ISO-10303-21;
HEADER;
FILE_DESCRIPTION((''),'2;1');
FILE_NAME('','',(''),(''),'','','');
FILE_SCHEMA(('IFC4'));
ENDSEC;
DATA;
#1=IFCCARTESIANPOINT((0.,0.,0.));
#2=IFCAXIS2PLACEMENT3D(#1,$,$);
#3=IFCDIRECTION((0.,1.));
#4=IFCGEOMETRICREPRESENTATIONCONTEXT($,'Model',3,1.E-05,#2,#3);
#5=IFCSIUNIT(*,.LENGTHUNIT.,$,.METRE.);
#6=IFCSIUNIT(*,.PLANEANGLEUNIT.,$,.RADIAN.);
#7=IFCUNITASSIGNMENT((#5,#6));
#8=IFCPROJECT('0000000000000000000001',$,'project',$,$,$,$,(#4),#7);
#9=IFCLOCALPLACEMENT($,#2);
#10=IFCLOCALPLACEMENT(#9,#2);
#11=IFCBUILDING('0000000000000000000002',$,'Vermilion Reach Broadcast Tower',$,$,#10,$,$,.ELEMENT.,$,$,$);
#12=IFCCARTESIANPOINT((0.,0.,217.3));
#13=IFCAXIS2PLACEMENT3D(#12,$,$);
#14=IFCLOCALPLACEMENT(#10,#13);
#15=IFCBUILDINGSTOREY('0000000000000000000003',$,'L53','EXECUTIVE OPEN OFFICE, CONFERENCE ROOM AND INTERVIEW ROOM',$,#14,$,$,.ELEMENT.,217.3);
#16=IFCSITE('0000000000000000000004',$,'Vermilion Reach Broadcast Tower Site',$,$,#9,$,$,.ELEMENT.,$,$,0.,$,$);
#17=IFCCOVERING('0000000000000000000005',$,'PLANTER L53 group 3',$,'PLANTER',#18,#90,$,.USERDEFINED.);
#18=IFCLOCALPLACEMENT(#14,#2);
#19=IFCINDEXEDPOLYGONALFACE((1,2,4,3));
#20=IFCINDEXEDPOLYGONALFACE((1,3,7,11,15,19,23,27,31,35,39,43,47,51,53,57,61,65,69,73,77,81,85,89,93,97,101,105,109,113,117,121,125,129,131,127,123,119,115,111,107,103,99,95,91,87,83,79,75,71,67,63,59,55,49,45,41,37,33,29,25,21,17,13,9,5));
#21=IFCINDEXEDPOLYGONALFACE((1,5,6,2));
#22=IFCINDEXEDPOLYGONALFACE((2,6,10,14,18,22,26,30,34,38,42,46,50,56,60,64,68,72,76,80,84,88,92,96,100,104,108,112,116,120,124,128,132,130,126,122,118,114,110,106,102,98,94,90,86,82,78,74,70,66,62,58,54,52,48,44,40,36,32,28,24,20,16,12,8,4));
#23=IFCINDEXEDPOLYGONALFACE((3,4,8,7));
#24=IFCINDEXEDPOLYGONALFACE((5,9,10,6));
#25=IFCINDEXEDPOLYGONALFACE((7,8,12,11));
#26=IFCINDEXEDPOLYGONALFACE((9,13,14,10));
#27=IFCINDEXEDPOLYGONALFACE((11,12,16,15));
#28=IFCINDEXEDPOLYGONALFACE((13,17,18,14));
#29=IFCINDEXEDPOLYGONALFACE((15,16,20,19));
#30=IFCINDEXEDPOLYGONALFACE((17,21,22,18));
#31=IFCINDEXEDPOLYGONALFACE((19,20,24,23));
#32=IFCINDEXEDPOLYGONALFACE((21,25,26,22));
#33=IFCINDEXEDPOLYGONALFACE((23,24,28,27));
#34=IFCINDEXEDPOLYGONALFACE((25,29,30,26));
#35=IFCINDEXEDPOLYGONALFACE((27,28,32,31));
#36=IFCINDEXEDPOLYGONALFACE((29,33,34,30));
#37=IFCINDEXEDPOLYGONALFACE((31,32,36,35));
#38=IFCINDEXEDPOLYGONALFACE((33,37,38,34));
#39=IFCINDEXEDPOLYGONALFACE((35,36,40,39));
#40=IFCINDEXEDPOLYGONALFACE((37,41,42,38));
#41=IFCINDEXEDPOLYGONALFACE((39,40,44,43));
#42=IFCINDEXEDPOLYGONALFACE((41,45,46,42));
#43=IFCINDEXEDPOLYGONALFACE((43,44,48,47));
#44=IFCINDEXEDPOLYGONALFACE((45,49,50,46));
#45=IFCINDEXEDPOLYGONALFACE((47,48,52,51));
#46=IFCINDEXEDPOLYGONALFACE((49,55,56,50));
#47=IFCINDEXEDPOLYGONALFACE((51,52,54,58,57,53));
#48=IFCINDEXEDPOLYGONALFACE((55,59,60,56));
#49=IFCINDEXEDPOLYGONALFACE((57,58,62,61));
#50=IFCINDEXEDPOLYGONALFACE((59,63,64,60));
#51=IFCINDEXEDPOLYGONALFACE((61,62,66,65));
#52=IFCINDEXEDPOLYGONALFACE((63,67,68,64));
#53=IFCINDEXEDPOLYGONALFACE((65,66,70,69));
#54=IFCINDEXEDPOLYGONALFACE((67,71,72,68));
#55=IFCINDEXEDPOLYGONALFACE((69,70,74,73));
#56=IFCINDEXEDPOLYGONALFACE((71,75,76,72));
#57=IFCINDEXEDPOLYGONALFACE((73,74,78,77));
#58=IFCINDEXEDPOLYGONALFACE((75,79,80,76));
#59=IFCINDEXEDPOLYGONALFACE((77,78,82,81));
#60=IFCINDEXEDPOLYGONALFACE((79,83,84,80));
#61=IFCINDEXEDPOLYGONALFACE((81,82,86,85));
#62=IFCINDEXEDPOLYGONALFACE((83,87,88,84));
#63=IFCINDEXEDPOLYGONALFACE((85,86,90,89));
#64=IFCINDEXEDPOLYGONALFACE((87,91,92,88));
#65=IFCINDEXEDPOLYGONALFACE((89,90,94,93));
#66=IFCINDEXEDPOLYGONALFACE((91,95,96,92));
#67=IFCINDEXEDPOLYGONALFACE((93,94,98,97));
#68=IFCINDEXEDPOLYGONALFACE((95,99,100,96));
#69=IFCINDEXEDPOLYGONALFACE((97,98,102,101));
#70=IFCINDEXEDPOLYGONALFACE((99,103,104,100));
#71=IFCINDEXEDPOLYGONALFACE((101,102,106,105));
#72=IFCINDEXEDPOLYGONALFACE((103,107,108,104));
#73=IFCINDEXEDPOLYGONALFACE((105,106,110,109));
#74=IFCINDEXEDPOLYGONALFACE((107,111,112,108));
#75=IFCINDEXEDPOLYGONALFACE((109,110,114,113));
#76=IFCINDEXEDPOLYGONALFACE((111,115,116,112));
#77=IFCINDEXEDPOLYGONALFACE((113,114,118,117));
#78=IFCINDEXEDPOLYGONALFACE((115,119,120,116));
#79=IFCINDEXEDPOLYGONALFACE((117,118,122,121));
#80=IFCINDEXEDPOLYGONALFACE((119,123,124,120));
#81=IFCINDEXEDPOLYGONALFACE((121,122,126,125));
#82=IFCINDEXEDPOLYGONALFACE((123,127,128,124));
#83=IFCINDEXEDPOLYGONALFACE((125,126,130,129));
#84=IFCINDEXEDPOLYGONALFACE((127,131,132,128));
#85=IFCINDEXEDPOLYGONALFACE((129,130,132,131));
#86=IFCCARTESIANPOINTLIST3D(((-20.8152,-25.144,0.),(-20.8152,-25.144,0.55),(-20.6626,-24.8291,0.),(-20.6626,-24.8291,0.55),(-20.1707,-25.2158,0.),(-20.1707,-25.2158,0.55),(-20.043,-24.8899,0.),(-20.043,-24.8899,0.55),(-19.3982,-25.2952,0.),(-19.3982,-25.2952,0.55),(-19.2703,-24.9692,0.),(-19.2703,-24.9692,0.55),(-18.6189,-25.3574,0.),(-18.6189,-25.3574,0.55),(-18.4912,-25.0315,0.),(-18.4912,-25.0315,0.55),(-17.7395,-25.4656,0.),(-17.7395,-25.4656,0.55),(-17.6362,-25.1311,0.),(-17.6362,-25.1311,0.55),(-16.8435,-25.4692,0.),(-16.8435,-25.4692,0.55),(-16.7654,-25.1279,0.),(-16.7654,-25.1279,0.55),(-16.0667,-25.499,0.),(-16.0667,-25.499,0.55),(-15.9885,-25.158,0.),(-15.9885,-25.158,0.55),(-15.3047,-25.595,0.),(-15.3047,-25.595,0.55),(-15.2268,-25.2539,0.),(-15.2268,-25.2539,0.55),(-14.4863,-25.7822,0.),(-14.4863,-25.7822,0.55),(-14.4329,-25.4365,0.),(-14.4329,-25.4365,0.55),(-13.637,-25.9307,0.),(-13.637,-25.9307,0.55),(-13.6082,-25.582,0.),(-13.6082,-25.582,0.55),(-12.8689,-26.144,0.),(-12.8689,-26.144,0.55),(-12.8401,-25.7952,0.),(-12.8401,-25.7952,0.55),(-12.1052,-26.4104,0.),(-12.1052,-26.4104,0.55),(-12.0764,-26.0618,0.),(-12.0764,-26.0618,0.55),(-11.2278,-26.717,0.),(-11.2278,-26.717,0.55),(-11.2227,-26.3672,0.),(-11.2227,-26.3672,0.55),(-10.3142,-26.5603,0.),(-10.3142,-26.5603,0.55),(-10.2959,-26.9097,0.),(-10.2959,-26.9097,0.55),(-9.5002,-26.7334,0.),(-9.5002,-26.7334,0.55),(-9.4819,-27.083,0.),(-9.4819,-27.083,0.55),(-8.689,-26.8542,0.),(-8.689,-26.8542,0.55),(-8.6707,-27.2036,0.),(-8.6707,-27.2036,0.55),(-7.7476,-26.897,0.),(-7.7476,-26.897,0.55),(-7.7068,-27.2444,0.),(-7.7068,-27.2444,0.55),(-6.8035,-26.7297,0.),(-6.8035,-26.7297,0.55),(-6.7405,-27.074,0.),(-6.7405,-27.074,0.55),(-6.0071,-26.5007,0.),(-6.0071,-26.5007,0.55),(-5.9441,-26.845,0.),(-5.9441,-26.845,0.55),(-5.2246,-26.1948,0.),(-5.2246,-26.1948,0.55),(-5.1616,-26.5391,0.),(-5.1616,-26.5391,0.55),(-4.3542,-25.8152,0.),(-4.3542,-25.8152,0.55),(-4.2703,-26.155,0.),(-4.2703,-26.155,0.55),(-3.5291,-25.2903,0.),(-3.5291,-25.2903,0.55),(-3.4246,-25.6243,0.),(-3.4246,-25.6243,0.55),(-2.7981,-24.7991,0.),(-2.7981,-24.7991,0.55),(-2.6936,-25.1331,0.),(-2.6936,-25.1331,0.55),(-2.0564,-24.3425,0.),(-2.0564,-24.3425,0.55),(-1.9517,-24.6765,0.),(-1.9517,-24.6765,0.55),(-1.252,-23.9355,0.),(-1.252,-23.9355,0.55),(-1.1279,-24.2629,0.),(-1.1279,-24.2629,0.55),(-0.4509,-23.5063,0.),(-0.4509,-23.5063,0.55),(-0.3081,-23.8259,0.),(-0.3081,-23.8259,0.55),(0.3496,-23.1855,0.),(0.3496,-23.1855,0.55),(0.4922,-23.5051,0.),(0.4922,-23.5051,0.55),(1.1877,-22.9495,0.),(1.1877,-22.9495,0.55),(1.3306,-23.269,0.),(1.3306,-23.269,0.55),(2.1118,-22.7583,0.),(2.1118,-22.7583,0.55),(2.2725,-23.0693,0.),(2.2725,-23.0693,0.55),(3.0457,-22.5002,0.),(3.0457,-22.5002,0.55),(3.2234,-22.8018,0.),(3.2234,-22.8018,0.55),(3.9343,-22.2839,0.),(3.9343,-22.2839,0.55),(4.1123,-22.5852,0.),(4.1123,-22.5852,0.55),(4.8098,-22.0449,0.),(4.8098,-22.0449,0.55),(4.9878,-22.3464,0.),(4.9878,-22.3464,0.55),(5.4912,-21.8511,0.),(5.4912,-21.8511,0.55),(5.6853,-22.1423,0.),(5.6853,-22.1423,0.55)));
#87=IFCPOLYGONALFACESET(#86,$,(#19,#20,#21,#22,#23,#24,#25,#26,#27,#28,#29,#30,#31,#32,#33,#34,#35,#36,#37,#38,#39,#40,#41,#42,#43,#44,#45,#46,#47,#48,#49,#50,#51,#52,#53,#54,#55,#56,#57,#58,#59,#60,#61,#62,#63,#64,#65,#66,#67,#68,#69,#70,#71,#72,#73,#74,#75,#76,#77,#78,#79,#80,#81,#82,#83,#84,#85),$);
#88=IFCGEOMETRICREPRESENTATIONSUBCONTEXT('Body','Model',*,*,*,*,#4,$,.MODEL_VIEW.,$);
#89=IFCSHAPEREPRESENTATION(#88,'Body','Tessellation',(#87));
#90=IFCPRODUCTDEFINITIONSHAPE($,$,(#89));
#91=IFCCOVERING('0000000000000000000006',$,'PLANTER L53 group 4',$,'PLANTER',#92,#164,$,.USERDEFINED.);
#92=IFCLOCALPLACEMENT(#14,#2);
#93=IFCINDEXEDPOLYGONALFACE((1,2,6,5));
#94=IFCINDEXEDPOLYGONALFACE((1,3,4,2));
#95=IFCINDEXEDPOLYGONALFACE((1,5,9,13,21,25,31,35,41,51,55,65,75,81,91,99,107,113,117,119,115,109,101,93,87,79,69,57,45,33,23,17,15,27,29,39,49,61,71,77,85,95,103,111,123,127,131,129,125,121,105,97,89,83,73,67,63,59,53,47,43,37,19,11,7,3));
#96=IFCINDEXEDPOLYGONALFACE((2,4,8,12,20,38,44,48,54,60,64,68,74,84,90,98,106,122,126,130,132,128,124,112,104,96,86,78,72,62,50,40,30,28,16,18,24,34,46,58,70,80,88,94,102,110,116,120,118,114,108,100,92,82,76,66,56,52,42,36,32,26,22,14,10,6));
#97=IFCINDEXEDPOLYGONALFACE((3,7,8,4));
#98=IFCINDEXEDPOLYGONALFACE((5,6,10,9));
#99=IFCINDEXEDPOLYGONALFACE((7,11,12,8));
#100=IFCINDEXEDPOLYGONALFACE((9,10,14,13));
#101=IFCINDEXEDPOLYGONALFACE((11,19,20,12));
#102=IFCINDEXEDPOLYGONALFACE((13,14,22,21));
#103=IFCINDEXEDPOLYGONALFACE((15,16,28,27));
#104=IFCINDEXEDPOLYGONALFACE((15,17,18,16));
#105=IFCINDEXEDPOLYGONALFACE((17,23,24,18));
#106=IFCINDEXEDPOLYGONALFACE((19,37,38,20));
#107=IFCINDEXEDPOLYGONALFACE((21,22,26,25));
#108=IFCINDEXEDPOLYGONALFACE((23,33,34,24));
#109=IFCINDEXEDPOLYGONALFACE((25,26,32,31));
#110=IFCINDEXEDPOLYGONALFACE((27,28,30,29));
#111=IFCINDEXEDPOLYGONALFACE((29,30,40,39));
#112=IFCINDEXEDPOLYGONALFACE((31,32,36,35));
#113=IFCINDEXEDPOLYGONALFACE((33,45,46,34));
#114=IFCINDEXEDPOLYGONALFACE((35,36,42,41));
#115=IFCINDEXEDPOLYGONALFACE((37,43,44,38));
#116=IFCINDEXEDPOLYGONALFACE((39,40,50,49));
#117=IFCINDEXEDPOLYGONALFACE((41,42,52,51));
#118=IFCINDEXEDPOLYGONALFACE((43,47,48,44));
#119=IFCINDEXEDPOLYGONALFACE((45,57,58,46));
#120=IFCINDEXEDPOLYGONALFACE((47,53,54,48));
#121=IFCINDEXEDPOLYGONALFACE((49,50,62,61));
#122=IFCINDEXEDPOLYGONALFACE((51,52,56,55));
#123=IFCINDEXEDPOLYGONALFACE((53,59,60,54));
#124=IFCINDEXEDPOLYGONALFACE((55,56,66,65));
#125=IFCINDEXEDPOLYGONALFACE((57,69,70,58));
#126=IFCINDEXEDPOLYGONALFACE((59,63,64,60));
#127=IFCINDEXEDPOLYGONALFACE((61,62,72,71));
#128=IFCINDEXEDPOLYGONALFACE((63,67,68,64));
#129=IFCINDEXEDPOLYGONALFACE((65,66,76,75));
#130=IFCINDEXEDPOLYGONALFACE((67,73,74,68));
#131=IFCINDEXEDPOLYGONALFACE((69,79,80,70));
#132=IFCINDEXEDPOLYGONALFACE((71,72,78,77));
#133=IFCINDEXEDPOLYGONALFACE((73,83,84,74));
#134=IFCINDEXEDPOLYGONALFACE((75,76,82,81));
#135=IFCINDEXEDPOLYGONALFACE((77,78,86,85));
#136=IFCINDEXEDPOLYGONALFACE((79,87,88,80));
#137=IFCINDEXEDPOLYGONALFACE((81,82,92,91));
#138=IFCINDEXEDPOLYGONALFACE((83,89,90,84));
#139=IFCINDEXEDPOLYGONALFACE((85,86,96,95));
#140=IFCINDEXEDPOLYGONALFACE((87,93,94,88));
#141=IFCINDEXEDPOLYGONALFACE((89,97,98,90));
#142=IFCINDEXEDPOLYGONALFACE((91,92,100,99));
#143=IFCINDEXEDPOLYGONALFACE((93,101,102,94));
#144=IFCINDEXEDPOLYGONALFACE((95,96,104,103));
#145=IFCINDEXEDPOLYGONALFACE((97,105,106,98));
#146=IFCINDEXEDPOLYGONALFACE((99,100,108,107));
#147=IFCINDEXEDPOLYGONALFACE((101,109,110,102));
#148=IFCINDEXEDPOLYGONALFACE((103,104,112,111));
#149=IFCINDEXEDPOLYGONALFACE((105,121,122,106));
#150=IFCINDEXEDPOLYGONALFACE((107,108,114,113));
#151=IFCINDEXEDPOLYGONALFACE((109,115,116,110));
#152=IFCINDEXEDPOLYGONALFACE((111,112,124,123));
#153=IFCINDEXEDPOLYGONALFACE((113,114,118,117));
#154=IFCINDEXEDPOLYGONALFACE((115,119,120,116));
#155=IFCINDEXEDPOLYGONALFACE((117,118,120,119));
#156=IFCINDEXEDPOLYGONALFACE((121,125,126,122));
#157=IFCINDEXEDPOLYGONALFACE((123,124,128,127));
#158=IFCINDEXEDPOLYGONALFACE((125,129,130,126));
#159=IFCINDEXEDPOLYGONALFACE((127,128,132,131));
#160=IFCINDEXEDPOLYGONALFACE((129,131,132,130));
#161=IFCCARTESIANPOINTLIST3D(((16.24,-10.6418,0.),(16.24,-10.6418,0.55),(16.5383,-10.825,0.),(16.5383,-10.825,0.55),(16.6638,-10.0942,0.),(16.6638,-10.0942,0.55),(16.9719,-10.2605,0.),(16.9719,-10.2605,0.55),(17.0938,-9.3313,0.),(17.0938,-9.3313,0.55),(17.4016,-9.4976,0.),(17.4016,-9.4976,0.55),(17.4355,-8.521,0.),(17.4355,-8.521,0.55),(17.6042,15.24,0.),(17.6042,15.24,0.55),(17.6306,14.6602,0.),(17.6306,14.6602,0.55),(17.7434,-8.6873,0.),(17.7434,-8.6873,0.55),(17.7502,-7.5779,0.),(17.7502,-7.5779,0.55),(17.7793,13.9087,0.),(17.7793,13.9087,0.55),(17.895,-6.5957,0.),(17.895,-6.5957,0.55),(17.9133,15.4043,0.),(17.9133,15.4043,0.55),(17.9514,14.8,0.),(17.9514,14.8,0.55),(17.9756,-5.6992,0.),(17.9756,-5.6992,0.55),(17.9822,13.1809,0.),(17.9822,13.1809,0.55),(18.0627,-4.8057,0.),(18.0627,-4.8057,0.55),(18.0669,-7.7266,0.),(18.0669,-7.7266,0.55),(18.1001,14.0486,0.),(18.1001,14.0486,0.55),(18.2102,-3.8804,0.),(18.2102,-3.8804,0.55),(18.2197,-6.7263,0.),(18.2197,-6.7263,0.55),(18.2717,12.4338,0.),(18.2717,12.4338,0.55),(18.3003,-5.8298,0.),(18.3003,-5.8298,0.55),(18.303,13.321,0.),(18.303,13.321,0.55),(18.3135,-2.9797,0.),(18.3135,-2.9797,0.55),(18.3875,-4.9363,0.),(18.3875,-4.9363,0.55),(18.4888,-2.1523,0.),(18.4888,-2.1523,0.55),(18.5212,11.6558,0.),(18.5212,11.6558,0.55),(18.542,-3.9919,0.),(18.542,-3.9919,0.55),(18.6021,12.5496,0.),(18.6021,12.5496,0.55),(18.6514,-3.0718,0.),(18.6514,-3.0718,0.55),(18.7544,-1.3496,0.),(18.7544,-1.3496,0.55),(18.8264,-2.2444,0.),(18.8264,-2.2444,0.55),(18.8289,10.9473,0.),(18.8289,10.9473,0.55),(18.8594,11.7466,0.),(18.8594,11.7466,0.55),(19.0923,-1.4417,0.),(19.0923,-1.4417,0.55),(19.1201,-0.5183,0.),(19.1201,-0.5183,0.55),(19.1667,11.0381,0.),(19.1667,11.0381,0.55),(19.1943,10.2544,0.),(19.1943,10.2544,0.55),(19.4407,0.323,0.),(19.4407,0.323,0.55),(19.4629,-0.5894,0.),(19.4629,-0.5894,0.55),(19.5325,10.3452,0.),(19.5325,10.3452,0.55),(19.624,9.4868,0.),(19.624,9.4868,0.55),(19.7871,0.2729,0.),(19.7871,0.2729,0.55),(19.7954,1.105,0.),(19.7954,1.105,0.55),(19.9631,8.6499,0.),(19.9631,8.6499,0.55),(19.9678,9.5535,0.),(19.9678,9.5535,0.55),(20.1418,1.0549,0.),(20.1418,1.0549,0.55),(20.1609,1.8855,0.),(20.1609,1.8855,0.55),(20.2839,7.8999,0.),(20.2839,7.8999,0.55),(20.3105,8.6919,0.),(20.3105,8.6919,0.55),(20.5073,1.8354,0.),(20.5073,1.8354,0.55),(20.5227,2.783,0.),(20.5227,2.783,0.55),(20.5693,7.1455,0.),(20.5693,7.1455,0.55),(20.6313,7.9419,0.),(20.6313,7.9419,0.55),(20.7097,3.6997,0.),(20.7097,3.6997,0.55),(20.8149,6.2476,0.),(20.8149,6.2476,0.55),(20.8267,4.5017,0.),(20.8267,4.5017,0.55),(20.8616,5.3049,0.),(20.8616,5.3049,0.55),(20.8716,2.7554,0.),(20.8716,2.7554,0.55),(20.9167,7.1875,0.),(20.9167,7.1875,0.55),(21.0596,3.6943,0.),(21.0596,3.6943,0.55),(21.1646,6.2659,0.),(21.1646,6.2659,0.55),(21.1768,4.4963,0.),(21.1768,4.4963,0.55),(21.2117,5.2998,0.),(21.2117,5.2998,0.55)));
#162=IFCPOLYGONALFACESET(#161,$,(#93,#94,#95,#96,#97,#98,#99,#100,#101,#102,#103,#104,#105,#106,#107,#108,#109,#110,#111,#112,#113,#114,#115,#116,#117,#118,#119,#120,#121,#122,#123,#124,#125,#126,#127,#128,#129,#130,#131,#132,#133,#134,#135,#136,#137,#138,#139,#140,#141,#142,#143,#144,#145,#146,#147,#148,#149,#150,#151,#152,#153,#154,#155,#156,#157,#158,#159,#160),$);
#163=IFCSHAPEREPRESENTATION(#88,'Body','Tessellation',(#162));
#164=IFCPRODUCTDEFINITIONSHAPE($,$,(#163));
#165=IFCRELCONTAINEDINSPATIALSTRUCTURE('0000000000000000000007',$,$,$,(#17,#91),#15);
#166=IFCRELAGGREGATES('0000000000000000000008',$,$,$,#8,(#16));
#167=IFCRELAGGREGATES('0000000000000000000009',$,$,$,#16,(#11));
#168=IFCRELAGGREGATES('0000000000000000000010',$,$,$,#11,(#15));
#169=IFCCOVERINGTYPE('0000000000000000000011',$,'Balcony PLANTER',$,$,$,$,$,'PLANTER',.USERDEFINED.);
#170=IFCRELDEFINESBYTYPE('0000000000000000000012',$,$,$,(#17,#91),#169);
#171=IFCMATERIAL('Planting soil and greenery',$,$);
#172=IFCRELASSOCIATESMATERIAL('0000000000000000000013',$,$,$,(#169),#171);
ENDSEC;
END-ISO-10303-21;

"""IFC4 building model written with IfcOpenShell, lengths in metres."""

from ifc_helpers import new_model, si_unit, direction, frame, origin, place, context, subcontext, project, spatial, polyline, outline, extrude, material, type_object, element, save


model = new_model("IFC4")

# Units and contexts
model_context = context("Model", 3, precision=1e-05, world=origin(), true_north=direction((0.0, 1.0)))
body_context = subcontext(model_context, "Body", "Model", "MODEL_VIEW")
ifc_project = project(units=[si_unit("LENGTHUNIT", "METRE"), si_unit("PLANEANGLEUNIT", "RADIAN")], contexts=[model_context])

# Site, building, storey
site_placement = place(None, origin())
site = spatial("IfcSite", under=ifc_project, at=site_placement, Name="Vermilion Reach Broadcast Tower Site", CompositionType="ELEMENT", RefElevation=0.0)
building_placement = place(site_placement, origin())
building = spatial("IfcBuilding", under=site, at=building_placement, Name="Vermilion Reach Broadcast Tower", CompositionType="ELEMENT")
storey_placement = place(building_placement, frame((0.0, 0.0, 217.3)))
storey = spatial("IfcBuildingStorey", under=building, at=storey_placement, Name="L53", Description="EXECUTIVE OPEN OFFICE, CONFERENCE ROOM AND INTERVIEW ROOM", CompositionType="ELEMENT", Elevation=217.3)

# Shared definitions
placement_1 = place(storey_placement, origin())

# Coverings
ifc_material_1 = material(Name="Planting soil and greenery")
covering_type = type_object("IfcCoveringType", Name="Balcony PLANTER", ElementType="PLANTER", PredefinedType="USERDEFINED", material=ifc_material_1)
element("IfcCovering", 1, at=placement_1, inside=storey, type_object=covering_type, Name="PLANTER L53 group 3", ObjectType="PLANTER", PredefinedType="USERDEFINED", context=body_context, shape_type="SweptSolid", body=[
    extrude(outline(polyline([(-20.8152, -25.144), (-20.1707, -25.2158), (-19.3982, -25.2952), (-18.6189, -25.3574), (-17.7395, -25.4656), (-16.8435, -25.4692), (-16.0667, -25.499), (-15.3047, -25.595), (-14.4863, -25.7822), (-13.637, -25.9307), (-12.8689, -26.144), (-12.1052, -26.4104), (-11.2278, -26.717), (-10.2959, -26.9097), (-9.4819, -27.083), (-8.6707, -27.2036), (-7.7068, -27.2444), (-6.7405, -27.074), (-5.9441, -26.845), (-5.1616, -26.5391), (-4.2703, -26.155), (-3.4246, -25.6243), (-2.6936, -25.1331), (-1.9517, -24.6765), (-1.1279, -24.2629), (-0.3081, -23.8259), (0.4922, -23.5051), (1.3306, -23.269), (2.2725, -23.0693), (3.2234, -22.8018), (4.1123, -22.5852), (4.9878, -22.3464), (5.6853, -22.1423), (5.4912, -21.8511), (4.8098, -22.0449), (3.9343, -22.2839), (3.0457, -22.5002), (2.1118, -22.7583), (1.1877, -22.9495), (0.3496, -23.1855), (-0.4509, -23.5063), (-1.252, -23.9355), (-2.0564, -24.3425), (-2.7981, -24.7991), (-3.5291, -25.2903), (-4.3542, -25.8152), (-5.2246, -26.1948), (-6.0071, -26.5007), (-6.8035, -26.7297), (-7.7476, -26.897), (-8.689, -26.8542), (-9.5002, -26.7334), (-10.3142, -26.5603), (-11.2227, -26.3672), (-12.0764, -26.0618), (-12.8401, -25.7952), (-13.6082, -25.582), (-14.4329, -25.4365), (-15.2268, -25.2539), (-15.9885, -25.158), (-16.7654, -25.1279), (-17.6362, -25.1311), (-18.4912, -25.0315), (-19.2703, -24.9692), (-20.043, -24.8899), (-20.6626, -24.8291), (-20.8152, -25.144)])), origin(), (0.0, 0.0, 1.0), 0.55),
])
element("IfcCovering", 2, at=placement_1, inside=storey, type_object=covering_type, Name="PLANTER L53 group 4", ObjectType="PLANTER", PredefinedType="USERDEFINED", context=body_context, shape_type="SweptSolid", body=[
    extrude(outline(polyline([(16.5383, -10.825), (16.9719, -10.2605), (17.4016, -9.4976), (17.7434, -8.6873), (18.0669, -7.7266), (18.2197, -6.7263), (18.3003, -5.8298), (18.3875, -4.9363), (18.542, -3.9919), (18.6514, -3.0718), (18.8264, -2.2444), (19.0923, -1.4417), (19.4629, -0.5894), (19.7871, 0.2729), (20.1418, 1.0549), (20.5073, 1.8354), (20.8716, 2.7554), (21.0596, 3.6943), (21.1768, 4.4963), (21.2117, 5.2998), (21.1646, 6.2659), (20.9167, 7.1875), (20.6313, 7.9419), (20.3105, 8.6919), (19.9678, 9.5535), (19.5325, 10.3452), (19.1667, 11.0381), (18.8594, 11.7466), (18.6021, 12.5496), (18.303, 13.321), (18.1001, 14.0486), (17.9514, 14.8), (17.9133, 15.4043), (17.6042, 15.24), (17.6306, 14.6602), (17.7793, 13.9087), (17.9822, 13.1809), (18.2717, 12.4338), (18.5212, 11.6558), (18.8289, 10.9473), (19.1943, 10.2544), (19.624, 9.4868), (19.9631, 8.6499), (20.2839, 7.8999), (20.5693, 7.1455), (20.8149, 6.2476), (20.8616, 5.3049), (20.8267, 4.5017), (20.7097, 3.6997), (20.5227, 2.783), (20.1609, 1.8855), (19.7954, 1.105), (19.4407, 0.323), (19.1201, -0.5183), (18.7544, -1.3496), (18.4888, -2.1523), (18.3135, -2.9797), (18.2102, -3.8804), (18.0627, -4.8057), (17.9756, -5.6992), (17.895, -6.5957), (17.7502, -7.5779), (17.4355, -8.521), (17.0938, -9.3313), (16.6638, -10.0942), (16.24, -10.6418), (16.5383, -10.825)])), origin(), (0.0, 0.0, 1.0), 0.55),
])

save(model, "model.ifc")
